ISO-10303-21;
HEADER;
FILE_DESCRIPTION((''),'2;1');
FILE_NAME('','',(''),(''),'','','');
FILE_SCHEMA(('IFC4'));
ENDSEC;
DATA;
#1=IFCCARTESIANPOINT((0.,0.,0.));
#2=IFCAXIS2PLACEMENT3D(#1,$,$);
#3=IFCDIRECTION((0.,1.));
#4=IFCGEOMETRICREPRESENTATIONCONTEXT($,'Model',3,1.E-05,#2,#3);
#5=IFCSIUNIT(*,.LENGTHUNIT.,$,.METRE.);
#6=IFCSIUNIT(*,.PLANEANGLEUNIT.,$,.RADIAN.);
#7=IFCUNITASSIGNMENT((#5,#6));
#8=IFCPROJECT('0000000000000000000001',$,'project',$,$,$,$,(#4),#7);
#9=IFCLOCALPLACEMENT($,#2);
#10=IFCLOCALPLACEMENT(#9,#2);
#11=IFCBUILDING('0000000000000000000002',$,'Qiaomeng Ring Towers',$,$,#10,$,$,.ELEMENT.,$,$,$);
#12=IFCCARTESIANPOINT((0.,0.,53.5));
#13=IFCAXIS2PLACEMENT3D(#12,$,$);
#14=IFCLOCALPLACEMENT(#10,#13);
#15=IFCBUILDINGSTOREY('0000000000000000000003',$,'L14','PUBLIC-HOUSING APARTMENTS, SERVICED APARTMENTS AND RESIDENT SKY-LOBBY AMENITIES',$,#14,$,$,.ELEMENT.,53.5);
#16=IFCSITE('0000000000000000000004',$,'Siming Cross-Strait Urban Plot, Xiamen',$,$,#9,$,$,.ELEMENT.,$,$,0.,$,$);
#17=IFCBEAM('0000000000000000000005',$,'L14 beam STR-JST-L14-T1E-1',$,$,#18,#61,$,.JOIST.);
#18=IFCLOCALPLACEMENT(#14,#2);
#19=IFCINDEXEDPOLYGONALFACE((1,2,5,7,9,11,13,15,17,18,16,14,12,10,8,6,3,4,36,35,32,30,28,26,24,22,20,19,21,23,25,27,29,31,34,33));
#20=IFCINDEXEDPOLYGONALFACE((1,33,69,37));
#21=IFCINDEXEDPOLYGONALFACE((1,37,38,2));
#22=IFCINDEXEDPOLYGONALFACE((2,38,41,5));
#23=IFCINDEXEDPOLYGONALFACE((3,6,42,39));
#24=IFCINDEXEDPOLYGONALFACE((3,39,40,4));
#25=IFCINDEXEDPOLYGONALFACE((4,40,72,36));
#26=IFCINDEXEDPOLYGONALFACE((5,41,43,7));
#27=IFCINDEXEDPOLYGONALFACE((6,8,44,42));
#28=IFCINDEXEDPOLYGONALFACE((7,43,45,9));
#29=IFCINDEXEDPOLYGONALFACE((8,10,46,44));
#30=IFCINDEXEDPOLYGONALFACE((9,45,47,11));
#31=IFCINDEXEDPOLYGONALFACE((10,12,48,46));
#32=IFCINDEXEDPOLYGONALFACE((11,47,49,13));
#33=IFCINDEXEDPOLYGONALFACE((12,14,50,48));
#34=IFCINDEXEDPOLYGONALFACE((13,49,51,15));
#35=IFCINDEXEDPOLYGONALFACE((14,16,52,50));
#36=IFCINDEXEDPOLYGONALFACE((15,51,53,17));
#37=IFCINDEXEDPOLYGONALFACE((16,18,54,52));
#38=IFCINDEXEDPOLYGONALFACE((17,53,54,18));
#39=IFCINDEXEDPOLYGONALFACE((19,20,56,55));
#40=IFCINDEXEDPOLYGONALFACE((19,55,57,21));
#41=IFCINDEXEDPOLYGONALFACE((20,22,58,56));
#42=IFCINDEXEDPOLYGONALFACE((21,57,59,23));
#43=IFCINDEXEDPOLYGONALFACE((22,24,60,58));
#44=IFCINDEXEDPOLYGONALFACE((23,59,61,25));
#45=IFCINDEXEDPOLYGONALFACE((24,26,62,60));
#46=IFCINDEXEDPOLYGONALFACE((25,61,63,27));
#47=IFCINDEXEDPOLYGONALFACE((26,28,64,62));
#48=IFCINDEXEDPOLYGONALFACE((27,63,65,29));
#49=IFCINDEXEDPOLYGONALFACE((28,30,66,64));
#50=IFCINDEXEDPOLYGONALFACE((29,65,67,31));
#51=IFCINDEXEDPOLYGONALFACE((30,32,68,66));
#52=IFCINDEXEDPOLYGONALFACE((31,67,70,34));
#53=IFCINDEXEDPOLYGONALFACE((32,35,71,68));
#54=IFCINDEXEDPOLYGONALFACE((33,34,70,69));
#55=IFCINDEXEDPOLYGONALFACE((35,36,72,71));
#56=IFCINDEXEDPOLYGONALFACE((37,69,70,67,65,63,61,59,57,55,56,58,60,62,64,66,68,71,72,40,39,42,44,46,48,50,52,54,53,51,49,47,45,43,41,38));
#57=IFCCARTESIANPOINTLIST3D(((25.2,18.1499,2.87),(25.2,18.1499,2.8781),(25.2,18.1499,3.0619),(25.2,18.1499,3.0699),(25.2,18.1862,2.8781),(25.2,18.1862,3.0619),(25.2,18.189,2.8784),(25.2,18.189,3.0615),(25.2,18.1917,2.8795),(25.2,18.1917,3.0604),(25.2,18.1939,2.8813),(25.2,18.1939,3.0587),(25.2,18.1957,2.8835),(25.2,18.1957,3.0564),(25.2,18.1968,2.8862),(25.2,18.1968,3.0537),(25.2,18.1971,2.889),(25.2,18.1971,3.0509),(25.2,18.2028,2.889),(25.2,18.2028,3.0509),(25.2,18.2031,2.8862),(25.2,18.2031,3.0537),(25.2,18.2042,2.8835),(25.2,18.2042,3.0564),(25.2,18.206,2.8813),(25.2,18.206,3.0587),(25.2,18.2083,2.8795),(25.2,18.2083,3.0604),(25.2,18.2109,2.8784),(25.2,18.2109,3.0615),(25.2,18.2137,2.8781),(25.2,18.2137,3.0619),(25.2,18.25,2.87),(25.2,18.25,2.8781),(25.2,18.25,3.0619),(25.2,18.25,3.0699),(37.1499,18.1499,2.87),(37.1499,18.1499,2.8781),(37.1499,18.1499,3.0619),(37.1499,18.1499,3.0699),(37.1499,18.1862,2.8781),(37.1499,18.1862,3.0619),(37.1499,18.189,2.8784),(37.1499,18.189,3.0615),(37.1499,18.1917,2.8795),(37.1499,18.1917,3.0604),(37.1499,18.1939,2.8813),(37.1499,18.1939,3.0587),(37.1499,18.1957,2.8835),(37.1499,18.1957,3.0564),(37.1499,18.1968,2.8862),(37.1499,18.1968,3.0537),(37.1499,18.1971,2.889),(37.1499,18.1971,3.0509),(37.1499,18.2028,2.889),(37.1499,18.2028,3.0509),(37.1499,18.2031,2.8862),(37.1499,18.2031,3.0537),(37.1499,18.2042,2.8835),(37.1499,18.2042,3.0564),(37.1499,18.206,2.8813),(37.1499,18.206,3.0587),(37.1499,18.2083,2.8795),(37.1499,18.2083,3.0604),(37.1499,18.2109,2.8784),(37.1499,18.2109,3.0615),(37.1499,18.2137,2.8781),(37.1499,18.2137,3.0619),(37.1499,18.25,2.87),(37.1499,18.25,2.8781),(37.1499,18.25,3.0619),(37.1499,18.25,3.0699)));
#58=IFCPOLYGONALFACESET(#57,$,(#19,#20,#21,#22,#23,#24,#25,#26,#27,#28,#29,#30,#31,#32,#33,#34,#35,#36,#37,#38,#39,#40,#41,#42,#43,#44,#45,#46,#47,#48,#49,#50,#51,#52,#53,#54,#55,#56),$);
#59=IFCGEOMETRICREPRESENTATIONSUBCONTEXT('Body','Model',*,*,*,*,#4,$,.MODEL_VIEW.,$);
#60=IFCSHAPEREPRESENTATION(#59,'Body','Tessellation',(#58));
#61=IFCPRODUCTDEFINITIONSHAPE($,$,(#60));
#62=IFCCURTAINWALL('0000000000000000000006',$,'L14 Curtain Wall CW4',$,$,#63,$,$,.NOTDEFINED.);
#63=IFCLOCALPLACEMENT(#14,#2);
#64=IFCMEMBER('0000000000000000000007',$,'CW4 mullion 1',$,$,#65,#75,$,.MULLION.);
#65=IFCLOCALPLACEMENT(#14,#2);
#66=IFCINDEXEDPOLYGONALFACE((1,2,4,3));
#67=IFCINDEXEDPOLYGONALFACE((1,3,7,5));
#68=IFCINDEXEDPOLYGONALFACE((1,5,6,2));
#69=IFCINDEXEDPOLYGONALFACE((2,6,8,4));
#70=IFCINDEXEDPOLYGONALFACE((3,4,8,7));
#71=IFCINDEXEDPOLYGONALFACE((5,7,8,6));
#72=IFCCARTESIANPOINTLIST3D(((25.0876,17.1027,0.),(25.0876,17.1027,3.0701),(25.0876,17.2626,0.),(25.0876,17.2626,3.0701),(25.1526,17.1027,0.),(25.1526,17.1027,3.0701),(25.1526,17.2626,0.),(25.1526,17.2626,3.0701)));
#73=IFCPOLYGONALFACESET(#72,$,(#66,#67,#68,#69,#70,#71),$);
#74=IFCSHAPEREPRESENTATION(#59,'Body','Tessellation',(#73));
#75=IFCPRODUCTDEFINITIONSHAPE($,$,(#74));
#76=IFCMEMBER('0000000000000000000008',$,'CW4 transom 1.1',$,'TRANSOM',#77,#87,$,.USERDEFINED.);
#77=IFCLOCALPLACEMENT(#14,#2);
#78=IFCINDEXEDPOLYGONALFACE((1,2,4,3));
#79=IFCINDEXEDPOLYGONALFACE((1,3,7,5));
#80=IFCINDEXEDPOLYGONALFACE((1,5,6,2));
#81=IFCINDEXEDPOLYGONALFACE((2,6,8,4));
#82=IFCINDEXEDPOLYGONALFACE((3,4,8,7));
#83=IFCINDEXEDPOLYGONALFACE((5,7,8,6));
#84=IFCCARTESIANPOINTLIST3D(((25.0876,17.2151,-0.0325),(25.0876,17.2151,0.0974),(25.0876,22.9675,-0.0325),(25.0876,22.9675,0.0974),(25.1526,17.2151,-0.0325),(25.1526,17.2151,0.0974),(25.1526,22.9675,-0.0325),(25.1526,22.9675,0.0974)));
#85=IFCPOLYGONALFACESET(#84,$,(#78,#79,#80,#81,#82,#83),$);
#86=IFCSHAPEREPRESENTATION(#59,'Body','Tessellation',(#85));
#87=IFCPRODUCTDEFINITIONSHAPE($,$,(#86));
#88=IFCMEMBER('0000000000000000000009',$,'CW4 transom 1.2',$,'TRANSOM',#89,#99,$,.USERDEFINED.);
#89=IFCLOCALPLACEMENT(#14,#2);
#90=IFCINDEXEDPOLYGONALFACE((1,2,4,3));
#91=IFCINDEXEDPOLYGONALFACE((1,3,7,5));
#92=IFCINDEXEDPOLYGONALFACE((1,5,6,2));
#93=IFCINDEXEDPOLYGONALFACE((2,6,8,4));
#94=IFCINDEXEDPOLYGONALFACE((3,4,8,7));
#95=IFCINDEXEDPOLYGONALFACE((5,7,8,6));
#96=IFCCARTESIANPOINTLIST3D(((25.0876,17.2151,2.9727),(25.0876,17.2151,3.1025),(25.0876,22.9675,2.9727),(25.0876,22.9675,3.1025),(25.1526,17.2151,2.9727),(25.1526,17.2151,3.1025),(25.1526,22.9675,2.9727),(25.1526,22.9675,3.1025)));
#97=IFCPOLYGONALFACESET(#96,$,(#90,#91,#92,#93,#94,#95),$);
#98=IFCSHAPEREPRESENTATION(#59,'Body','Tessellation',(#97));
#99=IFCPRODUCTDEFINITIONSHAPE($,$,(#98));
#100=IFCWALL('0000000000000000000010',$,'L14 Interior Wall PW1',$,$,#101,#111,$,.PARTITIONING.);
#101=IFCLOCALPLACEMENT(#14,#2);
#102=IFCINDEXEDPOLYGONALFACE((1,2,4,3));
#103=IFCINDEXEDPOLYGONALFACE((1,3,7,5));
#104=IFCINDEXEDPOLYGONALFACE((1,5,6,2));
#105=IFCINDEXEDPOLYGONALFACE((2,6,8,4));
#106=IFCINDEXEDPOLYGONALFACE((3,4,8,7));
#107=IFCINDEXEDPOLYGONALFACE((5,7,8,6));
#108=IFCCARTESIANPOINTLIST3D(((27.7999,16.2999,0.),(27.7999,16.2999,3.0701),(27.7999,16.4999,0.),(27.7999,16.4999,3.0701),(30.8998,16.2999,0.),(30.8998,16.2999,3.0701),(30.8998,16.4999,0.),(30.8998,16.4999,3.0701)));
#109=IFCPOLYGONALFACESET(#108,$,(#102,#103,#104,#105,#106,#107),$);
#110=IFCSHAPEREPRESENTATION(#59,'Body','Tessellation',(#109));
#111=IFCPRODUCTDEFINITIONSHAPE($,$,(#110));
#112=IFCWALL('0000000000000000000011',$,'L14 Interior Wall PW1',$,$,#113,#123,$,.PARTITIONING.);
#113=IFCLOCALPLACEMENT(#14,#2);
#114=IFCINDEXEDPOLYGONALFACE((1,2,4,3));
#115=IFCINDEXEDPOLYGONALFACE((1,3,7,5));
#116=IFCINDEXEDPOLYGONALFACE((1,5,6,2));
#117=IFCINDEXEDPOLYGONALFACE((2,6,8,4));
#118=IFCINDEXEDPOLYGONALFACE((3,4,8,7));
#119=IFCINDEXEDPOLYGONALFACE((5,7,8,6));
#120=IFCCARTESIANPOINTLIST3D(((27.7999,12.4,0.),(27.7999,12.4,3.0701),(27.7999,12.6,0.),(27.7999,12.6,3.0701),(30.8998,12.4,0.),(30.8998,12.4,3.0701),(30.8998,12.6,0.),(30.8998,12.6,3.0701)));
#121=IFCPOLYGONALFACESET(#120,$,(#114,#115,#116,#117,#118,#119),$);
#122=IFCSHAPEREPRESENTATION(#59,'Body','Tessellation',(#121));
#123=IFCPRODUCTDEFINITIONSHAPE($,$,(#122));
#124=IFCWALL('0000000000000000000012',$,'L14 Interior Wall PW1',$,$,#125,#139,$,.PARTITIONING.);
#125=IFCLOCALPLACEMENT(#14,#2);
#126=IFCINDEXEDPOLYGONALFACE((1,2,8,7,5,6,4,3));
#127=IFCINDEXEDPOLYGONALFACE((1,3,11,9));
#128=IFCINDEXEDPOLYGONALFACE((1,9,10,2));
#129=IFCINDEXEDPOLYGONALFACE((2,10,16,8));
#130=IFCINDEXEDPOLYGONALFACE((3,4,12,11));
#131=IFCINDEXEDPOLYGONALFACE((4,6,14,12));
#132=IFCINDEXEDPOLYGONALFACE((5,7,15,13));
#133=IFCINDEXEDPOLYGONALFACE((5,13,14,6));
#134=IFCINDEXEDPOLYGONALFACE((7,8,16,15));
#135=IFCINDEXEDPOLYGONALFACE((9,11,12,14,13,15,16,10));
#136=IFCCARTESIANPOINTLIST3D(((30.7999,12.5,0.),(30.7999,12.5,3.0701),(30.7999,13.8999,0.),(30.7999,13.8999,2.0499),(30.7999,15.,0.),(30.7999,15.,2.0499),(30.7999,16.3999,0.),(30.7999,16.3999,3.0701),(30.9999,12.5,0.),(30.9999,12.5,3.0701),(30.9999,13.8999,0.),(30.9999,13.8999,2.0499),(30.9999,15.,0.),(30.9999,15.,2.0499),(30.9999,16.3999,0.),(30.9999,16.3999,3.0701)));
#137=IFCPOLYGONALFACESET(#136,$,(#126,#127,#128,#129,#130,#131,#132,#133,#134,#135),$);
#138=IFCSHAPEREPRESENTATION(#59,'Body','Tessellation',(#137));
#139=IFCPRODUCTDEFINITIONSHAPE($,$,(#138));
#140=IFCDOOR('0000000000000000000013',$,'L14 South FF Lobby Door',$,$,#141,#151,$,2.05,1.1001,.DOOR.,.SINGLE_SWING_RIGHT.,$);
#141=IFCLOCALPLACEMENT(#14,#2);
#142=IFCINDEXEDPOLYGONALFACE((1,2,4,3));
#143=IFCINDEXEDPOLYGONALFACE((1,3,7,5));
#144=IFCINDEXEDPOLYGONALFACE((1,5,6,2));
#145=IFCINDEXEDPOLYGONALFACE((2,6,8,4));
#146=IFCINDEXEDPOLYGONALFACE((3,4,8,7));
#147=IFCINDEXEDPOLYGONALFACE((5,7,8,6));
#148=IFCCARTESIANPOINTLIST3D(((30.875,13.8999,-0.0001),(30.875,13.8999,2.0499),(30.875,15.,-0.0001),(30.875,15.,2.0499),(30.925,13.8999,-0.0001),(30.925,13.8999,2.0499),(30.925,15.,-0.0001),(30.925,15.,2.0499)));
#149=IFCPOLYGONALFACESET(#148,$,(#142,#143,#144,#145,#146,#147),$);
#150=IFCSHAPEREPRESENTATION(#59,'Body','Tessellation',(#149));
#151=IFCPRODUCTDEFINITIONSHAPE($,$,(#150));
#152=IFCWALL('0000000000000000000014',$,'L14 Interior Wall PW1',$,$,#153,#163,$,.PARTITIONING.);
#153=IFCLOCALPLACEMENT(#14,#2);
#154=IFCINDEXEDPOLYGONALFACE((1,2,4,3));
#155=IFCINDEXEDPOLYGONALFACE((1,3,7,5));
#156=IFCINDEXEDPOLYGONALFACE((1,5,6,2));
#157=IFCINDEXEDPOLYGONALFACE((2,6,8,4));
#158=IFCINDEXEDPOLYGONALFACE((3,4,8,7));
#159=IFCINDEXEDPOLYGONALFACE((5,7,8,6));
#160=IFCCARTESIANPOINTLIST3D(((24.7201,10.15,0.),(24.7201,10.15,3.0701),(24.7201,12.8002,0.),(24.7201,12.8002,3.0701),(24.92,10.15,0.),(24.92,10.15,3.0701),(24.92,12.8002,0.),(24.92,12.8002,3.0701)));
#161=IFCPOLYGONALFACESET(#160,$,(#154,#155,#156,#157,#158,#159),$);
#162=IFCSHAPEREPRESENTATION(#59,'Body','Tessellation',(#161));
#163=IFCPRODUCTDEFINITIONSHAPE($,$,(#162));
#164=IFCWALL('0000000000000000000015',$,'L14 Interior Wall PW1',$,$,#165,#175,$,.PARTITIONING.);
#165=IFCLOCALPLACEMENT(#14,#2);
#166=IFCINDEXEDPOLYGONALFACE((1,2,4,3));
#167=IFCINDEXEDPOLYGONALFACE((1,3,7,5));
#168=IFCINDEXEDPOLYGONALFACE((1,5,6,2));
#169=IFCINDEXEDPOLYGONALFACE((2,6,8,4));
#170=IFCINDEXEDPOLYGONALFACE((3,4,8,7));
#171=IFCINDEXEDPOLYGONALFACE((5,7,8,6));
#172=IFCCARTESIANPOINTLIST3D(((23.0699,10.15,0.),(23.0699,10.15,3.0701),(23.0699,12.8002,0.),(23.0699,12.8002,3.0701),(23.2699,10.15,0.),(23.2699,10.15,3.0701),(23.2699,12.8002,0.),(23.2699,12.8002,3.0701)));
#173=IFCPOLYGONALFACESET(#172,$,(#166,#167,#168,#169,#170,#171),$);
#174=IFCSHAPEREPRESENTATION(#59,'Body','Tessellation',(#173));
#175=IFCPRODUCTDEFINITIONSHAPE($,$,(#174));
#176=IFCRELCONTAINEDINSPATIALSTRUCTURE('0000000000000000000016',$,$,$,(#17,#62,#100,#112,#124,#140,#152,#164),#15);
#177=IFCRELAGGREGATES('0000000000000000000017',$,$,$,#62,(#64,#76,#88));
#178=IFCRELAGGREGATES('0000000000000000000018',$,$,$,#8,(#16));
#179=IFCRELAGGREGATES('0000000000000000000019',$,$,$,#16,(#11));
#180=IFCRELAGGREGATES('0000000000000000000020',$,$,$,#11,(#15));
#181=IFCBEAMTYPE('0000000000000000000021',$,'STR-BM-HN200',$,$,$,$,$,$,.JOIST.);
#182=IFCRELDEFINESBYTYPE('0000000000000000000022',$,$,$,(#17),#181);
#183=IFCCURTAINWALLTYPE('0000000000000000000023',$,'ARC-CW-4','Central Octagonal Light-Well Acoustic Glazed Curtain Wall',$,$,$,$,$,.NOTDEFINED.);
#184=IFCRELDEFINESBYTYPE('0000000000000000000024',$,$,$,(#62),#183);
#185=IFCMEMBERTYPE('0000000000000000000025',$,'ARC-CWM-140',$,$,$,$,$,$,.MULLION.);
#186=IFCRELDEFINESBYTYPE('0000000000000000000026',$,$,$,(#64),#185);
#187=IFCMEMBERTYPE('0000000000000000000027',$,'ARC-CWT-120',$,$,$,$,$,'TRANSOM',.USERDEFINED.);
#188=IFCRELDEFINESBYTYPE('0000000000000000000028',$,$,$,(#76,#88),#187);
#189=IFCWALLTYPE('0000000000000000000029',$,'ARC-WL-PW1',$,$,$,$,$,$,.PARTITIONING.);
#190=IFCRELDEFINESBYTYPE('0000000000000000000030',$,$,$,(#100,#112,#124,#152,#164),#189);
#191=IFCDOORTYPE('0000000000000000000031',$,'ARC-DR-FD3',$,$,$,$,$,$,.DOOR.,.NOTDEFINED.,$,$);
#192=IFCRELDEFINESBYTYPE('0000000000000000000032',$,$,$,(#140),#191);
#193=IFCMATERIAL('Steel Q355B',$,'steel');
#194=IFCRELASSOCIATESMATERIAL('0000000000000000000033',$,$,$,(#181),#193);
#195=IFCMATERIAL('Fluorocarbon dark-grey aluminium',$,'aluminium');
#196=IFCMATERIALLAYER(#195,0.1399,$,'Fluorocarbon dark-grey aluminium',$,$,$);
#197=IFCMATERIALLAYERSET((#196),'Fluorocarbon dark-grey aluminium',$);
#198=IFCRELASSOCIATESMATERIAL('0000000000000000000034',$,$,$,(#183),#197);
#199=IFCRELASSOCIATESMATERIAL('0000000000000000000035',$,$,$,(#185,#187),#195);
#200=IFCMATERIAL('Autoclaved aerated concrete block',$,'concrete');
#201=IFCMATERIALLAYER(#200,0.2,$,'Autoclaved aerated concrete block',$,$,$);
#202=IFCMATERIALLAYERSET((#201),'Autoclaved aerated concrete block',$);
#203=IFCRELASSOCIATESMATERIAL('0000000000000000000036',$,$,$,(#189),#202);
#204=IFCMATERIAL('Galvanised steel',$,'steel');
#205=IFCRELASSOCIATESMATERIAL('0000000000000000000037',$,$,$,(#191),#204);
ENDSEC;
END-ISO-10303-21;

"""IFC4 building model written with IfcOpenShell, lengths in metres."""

from ifc_helpers import new_model, si_unit, direction, frame, frame_2d, origin, origin_2d, place, context, subcontext, project, spatial, rectangle, i_section, extrude, source, transform, mapped, material, layer, layer_set, material_profile, profile_set, type_object, element, fill, aggregate, save


model = new_model("IFC4")

# Units and contexts
model_context = context("Model", 3, precision=1e-05, world=origin(), true_north=direction((0.0, 1.0)))
body_context = subcontext(model_context, "Body", "Model", "MODEL_VIEW")
ifc_project = project(units=[si_unit("LENGTHUNIT", "METRE"), si_unit("PLANEANGLEUNIT", "RADIAN")], contexts=[model_context])

# Site, building, storey
site_placement = place(None, origin())
site = spatial("IfcSite", under=ifc_project, at=site_placement, Name="Siming Cross-Strait Urban Plot, Xiamen", CompositionType="ELEMENT", RefElevation=0.0)
building_placement = place(site_placement, origin())
building = spatial("IfcBuilding", under=site, at=building_placement, Name="Qiaomeng Ring Towers", CompositionType="ELEMENT")
storey_placement = place(building_placement, frame((0.0, 0.0, 53.5)))
storey = spatial("IfcBuildingStorey", under=building, at=storey_placement, Name="L14", Description="PUBLIC-HOUSING APARTMENTS, SERVICED APARTMENTS AND RESIDENT SKY-LOBBY AMENITIES", CompositionType="ELEMENT", Elevation=53.5)

# Beam
ifc_material_1 = material(Name="Steel Q355B", Category="steel")
ifc_material_profile_1 = material_profile(ifc_material_1, i_section(OverallWidth=0.1001, OverallDepth=0.2, WebThickness=0.0056, FlangeThickness=0.0081, FilletRadius=0.011, at=origin_2d()), Name="HN 200x100x5.5x8")
ifc_profile_set_1 = profile_set([ifc_material_profile_1], Name="Steel Q355B")
beam_type_1 = type_object("IfcBeamType", Name="STR-BM-HN200", PredefinedType="JOIST", material=ifc_profile_set_1)
shared_shape_1 = source(origin(), body_context, "Body", "SweptSolid", [
    extrude(i_section(OverallWidth=0.1001, OverallDepth=0.2, WebThickness=0.0056, FlangeThickness=0.0081, FilletRadius=0.011, at=origin_2d()), origin(), (0.0, 0.0, 1.0), 11.95),
])
beam_1_placement = place(storey_placement, frame((25.2, 18.2, 2.97), z_axis=(1.0, 0.0, 0.0), x_axis=(0.0, 1.0, 0.0)))
element("IfcBeam", 1, at=beam_1_placement, inside=storey, type_object=beam_type_1, Name="L14 beam STR-JST-L14-T1E-1", PredefinedType="JOIST", context=body_context, shape_type="MappedRepresentation", body=[
    mapped(shared_shape_1, transform((0.0, 0.0, 0.0), x_axis=(1.0, 0.0, 0.0), y_axis=(0.0, 1.0, 0.0), z_axis=(0.0, 0.0, 1.0), scale=1.0)),
])

# Curtain wall, members
ifc_material_2 = material(Name="Fluorocarbon dark-grey aluminium", Category="aluminium")
ifc_layer_1 = layer(ifc_material_2, 0.1399, Name="Fluorocarbon dark-grey aluminium")
ifc_layer_set_1 = layer_set([ifc_layer_1], Name="Fluorocarbon dark-grey aluminium")
curtain_wall_type = type_object("IfcCurtainWallType", Name="ARC-CW-4", Description="Central Octagonal Light-Well Acoustic Glazed Curtain Wall", PredefinedType="NOTDEFINED", material=ifc_layer_set_1)
curtain_wall_placement = place(storey_placement, origin())
curtain_wall = element("IfcCurtainWall", 2, at=curtain_wall_placement, inside=storey, type_object=curtain_wall_type, Name="L14 Curtain Wall CW4", PredefinedType="NOTDEFINED")
ifc_material_profile_2 = material_profile(ifc_material_2, rectangle(XDim=0.0649, YDim=0.1599, at=origin_2d()), Name="ALU MULL 65x160")
ifc_profile_set_2 = profile_set([ifc_material_profile_2], Name="Fluorocarbon dark-grey aluminium")
member_type_1 = type_object("IfcMemberType", Name="ARC-CWM-140", PredefinedType="MULLION", material=ifc_profile_set_2)
shared_shape_2 = source(origin(), body_context, "Body", "SweptSolid", [
    extrude(rectangle(XDim=0.0649, YDim=0.1599, at=origin_2d()), origin(), (0.0, 0.0, 1.0), 3.0701),
])
member_1_placement = place(storey_placement, frame((25.1201, 17.1826, 0.0), z_axis=(0.0, 0.0, 1.0), x_axis=(-1.0, 0.0, 0.0)))
member_1 = element("IfcMember", 3, at=member_1_placement, type_object=member_type_1, Name="CW4 mullion 1", PredefinedType="MULLION", context=body_context, shape_type="MappedRepresentation", body=[
    mapped(shared_shape_2, transform((0.0, 0.0, 0.0), x_axis=(1.0, 0.0, 0.0), y_axis=(0.0, 1.0, 0.0), z_axis=(0.0, 0.0, 1.0), scale=1.0)),
])
ifc_material_profile_3 = material_profile(ifc_material_2, rectangle(XDim=0.0649, YDim=0.1299, at=origin_2d()), Name="ALU TRAN 65x130")
ifc_profile_set_3 = profile_set([ifc_material_profile_3], Name="Fluorocarbon dark-grey aluminium")
member_type_2 = type_object("IfcMemberType", Name="ARC-CWT-120", ElementType="TRANSOM", PredefinedType="USERDEFINED", material=ifc_profile_set_3)
shared_shape_3 = source(origin(), body_context, "Body", "SweptSolid", [
    extrude(rectangle(XDim=0.0649, YDim=0.1299, at=origin_2d()), origin(), (0.0, 0.0, 1.0), 5.7524),
])
member_2_placement = place(storey_placement, frame((25.1201, 17.2151, 0.0325), z_axis=(0.0, 1.0, 0.0), x_axis=(-1.0, 0.0, 0.0)))
member_2 = element("IfcMember", 4, at=member_2_placement, type_object=member_type_2, Name="CW4 transom 1.1", ObjectType="TRANSOM", PredefinedType="USERDEFINED", context=body_context, shape_type="MappedRepresentation", body=[
    mapped(shared_shape_3, transform((0.0, 0.0, 0.0), x_axis=(1.0, 0.0, 0.0), y_axis=(0.0, 1.0, 0.0), z_axis=(0.0, 0.0, 1.0), scale=1.0)),
])
member_3_placement = place(storey_placement, frame((25.1201, 17.2151, 3.0376), z_axis=(0.0, 1.0, 0.0), x_axis=(-1.0, 0.0, 0.0)))
member_3 = element("IfcMember", 5, at=member_3_placement, type_object=member_type_2, Name="CW4 transom 1.2", ObjectType="TRANSOM", PredefinedType="USERDEFINED", context=body_context, shape_type="MappedRepresentation", body=[
    mapped(shared_shape_3, transform((0.0, 0.0, 0.0), x_axis=(1.0, 0.0, 0.0), y_axis=(0.0, 1.0, 0.0), z_axis=(0.0, 0.0, 1.0), scale=1.0)),
])
aggregate(curtain_wall, [member_1, member_2, member_3])

# Walls
ifc_material_3 = material(Name="Autoclaved aerated concrete block", Category="concrete")
ifc_layer_2 = layer(ifc_material_3, 0.2, Name="Autoclaved aerated concrete block")
ifc_layer_set_2 = layer_set([ifc_layer_2], Name="Autoclaved aerated concrete block")
wall_type_1 = type_object("IfcWallType", Name="ARC-WL-PW1", PredefinedType="PARTITIONING", material=ifc_layer_set_2)
for number, where, z_axis, x_axis, name in (
    (6, (27.8, 16.3999, 0.0), (0.0, 0.0, 1.0), (1.0, 0.0, 0.0), "L14 Interior Wall PW1"),
    (7, (27.8, 12.5, 0.0), (0.0, 0.0, 1.0), (1.0, 0.0, 0.0), "L14 Interior Wall PW1"),
):
    element("IfcWall", number, at=place(storey_placement, frame(where, z_axis=z_axis, x_axis=x_axis)), inside=storey, type_object=wall_type_1, Name=name, PredefinedType="PARTITIONING", context=body_context, shape_type="SweptSolid", body=[
        extrude(rectangle(XDim=3.0999, YDim=0.2, at=frame_2d((1.5498, 0.0))), origin(), (0.0, 0.0, 1.0), 3.0701),
    ])

# Wall, opening, door
wall_1_placement = place(storey_placement, frame((30.8999, 12.5, 0.0), z_axis=(0.0, 0.0, 1.0), x_axis=(0.0, 1.0, 0.0)))
wall_1 = element("IfcWall", 8, at=wall_1_placement, inside=storey, type_object=wall_type_1, Name="L14 Interior Wall PW1", PredefinedType="PARTITIONING", context=body_context, shape_type="SweptSolid", body=[
    extrude(rectangle(XDim=3.8999, YDim=0.2, at=frame_2d((1.95, 0.0))), origin(), (0.0, 0.0, 1.0), 3.0701),
])
opening_1_placement = place(wall_1_placement, frame((1.3999, 0.0, 0.0)))
opening_1 = element("IfcOpeningElement", 9, at=opening_1_placement, cuts=wall_1, PredefinedType="OPENING", context=body_context, shape_type="SweptSolid", body=[
    extrude(rectangle(XDim=1.1001, YDim=2.05, at=frame_2d((0.55, 1.0249))), frame((0.0, 0.1099, 0.0), z_axis=(0.0, -1.0, 0.0), x_axis=(1.0, 0.0, 0.0)), (0.0, 0.0, 1.0), 0.22),
])
ifc_material_4 = material(Name="Galvanised steel", Category="steel")
door_type_1 = type_object("IfcDoorType", Name="ARC-DR-FD3", OperationType="NOTDEFINED", PredefinedType="DOOR", material=ifc_material_4)
shared_shape_4 = source(origin(), body_context, "Body", "SweptSolid", [
    extrude(rectangle(XDim=1.1001, YDim=2.05, at=frame_2d((0.55, 1.0249))), frame((0.0, 0.0249, 0.0), z_axis=(0.0, -1.0, 0.0), x_axis=(1.0, 0.0, 0.0)), (0.0, 0.0, 1.0), 0.05),
])
door_1_placement = place(opening_1_placement, origin())
door_1 = element("IfcDoor", 10, at=door_1_placement, inside=storey, type_object=door_type_1, Name="L14 South FF Lobby Door", OperationType="SINGLE_SWING_RIGHT", OverallHeight=2.05, OverallWidth=1.1001, PredefinedType="DOOR", context=body_context, shape_type="MappedRepresentation", body=[
    mapped(shared_shape_4, transform((0.0, 0.0, 0.0), x_axis=(1.0, 0.0, 0.0), y_axis=(0.0, 1.0, 0.0), z_axis=(0.0, 0.0, 1.0), scale=1.0)),
])
fill(opening_1, door_1)

# Walls
for number, where, z_axis, x_axis, name in (
    (11, (24.8201, 10.1499, 0.0), (0.0, 0.0, 1.0), (0.0, 1.0, 0.0), "L14 Interior Wall PW1"),
    (12, (23.1699, 10.1499, 0.0), (0.0, 0.0, 1.0), (0.0, 1.0, 0.0), "L14 Interior Wall PW1"),
):
    element("IfcWall", number, at=place(storey_placement, frame(where, z_axis=z_axis, x_axis=x_axis)), inside=storey, type_object=wall_type_1, Name=name, PredefinedType="PARTITIONING", context=body_context, shape_type="SweptSolid", body=[
        extrude(rectangle(XDim=2.6501, YDim=0.2, at=frame_2d((1.3252, 0.0))), origin(), (0.0, 0.0, 1.0), 3.0701),
    ])

save(model, "model.ifc")
